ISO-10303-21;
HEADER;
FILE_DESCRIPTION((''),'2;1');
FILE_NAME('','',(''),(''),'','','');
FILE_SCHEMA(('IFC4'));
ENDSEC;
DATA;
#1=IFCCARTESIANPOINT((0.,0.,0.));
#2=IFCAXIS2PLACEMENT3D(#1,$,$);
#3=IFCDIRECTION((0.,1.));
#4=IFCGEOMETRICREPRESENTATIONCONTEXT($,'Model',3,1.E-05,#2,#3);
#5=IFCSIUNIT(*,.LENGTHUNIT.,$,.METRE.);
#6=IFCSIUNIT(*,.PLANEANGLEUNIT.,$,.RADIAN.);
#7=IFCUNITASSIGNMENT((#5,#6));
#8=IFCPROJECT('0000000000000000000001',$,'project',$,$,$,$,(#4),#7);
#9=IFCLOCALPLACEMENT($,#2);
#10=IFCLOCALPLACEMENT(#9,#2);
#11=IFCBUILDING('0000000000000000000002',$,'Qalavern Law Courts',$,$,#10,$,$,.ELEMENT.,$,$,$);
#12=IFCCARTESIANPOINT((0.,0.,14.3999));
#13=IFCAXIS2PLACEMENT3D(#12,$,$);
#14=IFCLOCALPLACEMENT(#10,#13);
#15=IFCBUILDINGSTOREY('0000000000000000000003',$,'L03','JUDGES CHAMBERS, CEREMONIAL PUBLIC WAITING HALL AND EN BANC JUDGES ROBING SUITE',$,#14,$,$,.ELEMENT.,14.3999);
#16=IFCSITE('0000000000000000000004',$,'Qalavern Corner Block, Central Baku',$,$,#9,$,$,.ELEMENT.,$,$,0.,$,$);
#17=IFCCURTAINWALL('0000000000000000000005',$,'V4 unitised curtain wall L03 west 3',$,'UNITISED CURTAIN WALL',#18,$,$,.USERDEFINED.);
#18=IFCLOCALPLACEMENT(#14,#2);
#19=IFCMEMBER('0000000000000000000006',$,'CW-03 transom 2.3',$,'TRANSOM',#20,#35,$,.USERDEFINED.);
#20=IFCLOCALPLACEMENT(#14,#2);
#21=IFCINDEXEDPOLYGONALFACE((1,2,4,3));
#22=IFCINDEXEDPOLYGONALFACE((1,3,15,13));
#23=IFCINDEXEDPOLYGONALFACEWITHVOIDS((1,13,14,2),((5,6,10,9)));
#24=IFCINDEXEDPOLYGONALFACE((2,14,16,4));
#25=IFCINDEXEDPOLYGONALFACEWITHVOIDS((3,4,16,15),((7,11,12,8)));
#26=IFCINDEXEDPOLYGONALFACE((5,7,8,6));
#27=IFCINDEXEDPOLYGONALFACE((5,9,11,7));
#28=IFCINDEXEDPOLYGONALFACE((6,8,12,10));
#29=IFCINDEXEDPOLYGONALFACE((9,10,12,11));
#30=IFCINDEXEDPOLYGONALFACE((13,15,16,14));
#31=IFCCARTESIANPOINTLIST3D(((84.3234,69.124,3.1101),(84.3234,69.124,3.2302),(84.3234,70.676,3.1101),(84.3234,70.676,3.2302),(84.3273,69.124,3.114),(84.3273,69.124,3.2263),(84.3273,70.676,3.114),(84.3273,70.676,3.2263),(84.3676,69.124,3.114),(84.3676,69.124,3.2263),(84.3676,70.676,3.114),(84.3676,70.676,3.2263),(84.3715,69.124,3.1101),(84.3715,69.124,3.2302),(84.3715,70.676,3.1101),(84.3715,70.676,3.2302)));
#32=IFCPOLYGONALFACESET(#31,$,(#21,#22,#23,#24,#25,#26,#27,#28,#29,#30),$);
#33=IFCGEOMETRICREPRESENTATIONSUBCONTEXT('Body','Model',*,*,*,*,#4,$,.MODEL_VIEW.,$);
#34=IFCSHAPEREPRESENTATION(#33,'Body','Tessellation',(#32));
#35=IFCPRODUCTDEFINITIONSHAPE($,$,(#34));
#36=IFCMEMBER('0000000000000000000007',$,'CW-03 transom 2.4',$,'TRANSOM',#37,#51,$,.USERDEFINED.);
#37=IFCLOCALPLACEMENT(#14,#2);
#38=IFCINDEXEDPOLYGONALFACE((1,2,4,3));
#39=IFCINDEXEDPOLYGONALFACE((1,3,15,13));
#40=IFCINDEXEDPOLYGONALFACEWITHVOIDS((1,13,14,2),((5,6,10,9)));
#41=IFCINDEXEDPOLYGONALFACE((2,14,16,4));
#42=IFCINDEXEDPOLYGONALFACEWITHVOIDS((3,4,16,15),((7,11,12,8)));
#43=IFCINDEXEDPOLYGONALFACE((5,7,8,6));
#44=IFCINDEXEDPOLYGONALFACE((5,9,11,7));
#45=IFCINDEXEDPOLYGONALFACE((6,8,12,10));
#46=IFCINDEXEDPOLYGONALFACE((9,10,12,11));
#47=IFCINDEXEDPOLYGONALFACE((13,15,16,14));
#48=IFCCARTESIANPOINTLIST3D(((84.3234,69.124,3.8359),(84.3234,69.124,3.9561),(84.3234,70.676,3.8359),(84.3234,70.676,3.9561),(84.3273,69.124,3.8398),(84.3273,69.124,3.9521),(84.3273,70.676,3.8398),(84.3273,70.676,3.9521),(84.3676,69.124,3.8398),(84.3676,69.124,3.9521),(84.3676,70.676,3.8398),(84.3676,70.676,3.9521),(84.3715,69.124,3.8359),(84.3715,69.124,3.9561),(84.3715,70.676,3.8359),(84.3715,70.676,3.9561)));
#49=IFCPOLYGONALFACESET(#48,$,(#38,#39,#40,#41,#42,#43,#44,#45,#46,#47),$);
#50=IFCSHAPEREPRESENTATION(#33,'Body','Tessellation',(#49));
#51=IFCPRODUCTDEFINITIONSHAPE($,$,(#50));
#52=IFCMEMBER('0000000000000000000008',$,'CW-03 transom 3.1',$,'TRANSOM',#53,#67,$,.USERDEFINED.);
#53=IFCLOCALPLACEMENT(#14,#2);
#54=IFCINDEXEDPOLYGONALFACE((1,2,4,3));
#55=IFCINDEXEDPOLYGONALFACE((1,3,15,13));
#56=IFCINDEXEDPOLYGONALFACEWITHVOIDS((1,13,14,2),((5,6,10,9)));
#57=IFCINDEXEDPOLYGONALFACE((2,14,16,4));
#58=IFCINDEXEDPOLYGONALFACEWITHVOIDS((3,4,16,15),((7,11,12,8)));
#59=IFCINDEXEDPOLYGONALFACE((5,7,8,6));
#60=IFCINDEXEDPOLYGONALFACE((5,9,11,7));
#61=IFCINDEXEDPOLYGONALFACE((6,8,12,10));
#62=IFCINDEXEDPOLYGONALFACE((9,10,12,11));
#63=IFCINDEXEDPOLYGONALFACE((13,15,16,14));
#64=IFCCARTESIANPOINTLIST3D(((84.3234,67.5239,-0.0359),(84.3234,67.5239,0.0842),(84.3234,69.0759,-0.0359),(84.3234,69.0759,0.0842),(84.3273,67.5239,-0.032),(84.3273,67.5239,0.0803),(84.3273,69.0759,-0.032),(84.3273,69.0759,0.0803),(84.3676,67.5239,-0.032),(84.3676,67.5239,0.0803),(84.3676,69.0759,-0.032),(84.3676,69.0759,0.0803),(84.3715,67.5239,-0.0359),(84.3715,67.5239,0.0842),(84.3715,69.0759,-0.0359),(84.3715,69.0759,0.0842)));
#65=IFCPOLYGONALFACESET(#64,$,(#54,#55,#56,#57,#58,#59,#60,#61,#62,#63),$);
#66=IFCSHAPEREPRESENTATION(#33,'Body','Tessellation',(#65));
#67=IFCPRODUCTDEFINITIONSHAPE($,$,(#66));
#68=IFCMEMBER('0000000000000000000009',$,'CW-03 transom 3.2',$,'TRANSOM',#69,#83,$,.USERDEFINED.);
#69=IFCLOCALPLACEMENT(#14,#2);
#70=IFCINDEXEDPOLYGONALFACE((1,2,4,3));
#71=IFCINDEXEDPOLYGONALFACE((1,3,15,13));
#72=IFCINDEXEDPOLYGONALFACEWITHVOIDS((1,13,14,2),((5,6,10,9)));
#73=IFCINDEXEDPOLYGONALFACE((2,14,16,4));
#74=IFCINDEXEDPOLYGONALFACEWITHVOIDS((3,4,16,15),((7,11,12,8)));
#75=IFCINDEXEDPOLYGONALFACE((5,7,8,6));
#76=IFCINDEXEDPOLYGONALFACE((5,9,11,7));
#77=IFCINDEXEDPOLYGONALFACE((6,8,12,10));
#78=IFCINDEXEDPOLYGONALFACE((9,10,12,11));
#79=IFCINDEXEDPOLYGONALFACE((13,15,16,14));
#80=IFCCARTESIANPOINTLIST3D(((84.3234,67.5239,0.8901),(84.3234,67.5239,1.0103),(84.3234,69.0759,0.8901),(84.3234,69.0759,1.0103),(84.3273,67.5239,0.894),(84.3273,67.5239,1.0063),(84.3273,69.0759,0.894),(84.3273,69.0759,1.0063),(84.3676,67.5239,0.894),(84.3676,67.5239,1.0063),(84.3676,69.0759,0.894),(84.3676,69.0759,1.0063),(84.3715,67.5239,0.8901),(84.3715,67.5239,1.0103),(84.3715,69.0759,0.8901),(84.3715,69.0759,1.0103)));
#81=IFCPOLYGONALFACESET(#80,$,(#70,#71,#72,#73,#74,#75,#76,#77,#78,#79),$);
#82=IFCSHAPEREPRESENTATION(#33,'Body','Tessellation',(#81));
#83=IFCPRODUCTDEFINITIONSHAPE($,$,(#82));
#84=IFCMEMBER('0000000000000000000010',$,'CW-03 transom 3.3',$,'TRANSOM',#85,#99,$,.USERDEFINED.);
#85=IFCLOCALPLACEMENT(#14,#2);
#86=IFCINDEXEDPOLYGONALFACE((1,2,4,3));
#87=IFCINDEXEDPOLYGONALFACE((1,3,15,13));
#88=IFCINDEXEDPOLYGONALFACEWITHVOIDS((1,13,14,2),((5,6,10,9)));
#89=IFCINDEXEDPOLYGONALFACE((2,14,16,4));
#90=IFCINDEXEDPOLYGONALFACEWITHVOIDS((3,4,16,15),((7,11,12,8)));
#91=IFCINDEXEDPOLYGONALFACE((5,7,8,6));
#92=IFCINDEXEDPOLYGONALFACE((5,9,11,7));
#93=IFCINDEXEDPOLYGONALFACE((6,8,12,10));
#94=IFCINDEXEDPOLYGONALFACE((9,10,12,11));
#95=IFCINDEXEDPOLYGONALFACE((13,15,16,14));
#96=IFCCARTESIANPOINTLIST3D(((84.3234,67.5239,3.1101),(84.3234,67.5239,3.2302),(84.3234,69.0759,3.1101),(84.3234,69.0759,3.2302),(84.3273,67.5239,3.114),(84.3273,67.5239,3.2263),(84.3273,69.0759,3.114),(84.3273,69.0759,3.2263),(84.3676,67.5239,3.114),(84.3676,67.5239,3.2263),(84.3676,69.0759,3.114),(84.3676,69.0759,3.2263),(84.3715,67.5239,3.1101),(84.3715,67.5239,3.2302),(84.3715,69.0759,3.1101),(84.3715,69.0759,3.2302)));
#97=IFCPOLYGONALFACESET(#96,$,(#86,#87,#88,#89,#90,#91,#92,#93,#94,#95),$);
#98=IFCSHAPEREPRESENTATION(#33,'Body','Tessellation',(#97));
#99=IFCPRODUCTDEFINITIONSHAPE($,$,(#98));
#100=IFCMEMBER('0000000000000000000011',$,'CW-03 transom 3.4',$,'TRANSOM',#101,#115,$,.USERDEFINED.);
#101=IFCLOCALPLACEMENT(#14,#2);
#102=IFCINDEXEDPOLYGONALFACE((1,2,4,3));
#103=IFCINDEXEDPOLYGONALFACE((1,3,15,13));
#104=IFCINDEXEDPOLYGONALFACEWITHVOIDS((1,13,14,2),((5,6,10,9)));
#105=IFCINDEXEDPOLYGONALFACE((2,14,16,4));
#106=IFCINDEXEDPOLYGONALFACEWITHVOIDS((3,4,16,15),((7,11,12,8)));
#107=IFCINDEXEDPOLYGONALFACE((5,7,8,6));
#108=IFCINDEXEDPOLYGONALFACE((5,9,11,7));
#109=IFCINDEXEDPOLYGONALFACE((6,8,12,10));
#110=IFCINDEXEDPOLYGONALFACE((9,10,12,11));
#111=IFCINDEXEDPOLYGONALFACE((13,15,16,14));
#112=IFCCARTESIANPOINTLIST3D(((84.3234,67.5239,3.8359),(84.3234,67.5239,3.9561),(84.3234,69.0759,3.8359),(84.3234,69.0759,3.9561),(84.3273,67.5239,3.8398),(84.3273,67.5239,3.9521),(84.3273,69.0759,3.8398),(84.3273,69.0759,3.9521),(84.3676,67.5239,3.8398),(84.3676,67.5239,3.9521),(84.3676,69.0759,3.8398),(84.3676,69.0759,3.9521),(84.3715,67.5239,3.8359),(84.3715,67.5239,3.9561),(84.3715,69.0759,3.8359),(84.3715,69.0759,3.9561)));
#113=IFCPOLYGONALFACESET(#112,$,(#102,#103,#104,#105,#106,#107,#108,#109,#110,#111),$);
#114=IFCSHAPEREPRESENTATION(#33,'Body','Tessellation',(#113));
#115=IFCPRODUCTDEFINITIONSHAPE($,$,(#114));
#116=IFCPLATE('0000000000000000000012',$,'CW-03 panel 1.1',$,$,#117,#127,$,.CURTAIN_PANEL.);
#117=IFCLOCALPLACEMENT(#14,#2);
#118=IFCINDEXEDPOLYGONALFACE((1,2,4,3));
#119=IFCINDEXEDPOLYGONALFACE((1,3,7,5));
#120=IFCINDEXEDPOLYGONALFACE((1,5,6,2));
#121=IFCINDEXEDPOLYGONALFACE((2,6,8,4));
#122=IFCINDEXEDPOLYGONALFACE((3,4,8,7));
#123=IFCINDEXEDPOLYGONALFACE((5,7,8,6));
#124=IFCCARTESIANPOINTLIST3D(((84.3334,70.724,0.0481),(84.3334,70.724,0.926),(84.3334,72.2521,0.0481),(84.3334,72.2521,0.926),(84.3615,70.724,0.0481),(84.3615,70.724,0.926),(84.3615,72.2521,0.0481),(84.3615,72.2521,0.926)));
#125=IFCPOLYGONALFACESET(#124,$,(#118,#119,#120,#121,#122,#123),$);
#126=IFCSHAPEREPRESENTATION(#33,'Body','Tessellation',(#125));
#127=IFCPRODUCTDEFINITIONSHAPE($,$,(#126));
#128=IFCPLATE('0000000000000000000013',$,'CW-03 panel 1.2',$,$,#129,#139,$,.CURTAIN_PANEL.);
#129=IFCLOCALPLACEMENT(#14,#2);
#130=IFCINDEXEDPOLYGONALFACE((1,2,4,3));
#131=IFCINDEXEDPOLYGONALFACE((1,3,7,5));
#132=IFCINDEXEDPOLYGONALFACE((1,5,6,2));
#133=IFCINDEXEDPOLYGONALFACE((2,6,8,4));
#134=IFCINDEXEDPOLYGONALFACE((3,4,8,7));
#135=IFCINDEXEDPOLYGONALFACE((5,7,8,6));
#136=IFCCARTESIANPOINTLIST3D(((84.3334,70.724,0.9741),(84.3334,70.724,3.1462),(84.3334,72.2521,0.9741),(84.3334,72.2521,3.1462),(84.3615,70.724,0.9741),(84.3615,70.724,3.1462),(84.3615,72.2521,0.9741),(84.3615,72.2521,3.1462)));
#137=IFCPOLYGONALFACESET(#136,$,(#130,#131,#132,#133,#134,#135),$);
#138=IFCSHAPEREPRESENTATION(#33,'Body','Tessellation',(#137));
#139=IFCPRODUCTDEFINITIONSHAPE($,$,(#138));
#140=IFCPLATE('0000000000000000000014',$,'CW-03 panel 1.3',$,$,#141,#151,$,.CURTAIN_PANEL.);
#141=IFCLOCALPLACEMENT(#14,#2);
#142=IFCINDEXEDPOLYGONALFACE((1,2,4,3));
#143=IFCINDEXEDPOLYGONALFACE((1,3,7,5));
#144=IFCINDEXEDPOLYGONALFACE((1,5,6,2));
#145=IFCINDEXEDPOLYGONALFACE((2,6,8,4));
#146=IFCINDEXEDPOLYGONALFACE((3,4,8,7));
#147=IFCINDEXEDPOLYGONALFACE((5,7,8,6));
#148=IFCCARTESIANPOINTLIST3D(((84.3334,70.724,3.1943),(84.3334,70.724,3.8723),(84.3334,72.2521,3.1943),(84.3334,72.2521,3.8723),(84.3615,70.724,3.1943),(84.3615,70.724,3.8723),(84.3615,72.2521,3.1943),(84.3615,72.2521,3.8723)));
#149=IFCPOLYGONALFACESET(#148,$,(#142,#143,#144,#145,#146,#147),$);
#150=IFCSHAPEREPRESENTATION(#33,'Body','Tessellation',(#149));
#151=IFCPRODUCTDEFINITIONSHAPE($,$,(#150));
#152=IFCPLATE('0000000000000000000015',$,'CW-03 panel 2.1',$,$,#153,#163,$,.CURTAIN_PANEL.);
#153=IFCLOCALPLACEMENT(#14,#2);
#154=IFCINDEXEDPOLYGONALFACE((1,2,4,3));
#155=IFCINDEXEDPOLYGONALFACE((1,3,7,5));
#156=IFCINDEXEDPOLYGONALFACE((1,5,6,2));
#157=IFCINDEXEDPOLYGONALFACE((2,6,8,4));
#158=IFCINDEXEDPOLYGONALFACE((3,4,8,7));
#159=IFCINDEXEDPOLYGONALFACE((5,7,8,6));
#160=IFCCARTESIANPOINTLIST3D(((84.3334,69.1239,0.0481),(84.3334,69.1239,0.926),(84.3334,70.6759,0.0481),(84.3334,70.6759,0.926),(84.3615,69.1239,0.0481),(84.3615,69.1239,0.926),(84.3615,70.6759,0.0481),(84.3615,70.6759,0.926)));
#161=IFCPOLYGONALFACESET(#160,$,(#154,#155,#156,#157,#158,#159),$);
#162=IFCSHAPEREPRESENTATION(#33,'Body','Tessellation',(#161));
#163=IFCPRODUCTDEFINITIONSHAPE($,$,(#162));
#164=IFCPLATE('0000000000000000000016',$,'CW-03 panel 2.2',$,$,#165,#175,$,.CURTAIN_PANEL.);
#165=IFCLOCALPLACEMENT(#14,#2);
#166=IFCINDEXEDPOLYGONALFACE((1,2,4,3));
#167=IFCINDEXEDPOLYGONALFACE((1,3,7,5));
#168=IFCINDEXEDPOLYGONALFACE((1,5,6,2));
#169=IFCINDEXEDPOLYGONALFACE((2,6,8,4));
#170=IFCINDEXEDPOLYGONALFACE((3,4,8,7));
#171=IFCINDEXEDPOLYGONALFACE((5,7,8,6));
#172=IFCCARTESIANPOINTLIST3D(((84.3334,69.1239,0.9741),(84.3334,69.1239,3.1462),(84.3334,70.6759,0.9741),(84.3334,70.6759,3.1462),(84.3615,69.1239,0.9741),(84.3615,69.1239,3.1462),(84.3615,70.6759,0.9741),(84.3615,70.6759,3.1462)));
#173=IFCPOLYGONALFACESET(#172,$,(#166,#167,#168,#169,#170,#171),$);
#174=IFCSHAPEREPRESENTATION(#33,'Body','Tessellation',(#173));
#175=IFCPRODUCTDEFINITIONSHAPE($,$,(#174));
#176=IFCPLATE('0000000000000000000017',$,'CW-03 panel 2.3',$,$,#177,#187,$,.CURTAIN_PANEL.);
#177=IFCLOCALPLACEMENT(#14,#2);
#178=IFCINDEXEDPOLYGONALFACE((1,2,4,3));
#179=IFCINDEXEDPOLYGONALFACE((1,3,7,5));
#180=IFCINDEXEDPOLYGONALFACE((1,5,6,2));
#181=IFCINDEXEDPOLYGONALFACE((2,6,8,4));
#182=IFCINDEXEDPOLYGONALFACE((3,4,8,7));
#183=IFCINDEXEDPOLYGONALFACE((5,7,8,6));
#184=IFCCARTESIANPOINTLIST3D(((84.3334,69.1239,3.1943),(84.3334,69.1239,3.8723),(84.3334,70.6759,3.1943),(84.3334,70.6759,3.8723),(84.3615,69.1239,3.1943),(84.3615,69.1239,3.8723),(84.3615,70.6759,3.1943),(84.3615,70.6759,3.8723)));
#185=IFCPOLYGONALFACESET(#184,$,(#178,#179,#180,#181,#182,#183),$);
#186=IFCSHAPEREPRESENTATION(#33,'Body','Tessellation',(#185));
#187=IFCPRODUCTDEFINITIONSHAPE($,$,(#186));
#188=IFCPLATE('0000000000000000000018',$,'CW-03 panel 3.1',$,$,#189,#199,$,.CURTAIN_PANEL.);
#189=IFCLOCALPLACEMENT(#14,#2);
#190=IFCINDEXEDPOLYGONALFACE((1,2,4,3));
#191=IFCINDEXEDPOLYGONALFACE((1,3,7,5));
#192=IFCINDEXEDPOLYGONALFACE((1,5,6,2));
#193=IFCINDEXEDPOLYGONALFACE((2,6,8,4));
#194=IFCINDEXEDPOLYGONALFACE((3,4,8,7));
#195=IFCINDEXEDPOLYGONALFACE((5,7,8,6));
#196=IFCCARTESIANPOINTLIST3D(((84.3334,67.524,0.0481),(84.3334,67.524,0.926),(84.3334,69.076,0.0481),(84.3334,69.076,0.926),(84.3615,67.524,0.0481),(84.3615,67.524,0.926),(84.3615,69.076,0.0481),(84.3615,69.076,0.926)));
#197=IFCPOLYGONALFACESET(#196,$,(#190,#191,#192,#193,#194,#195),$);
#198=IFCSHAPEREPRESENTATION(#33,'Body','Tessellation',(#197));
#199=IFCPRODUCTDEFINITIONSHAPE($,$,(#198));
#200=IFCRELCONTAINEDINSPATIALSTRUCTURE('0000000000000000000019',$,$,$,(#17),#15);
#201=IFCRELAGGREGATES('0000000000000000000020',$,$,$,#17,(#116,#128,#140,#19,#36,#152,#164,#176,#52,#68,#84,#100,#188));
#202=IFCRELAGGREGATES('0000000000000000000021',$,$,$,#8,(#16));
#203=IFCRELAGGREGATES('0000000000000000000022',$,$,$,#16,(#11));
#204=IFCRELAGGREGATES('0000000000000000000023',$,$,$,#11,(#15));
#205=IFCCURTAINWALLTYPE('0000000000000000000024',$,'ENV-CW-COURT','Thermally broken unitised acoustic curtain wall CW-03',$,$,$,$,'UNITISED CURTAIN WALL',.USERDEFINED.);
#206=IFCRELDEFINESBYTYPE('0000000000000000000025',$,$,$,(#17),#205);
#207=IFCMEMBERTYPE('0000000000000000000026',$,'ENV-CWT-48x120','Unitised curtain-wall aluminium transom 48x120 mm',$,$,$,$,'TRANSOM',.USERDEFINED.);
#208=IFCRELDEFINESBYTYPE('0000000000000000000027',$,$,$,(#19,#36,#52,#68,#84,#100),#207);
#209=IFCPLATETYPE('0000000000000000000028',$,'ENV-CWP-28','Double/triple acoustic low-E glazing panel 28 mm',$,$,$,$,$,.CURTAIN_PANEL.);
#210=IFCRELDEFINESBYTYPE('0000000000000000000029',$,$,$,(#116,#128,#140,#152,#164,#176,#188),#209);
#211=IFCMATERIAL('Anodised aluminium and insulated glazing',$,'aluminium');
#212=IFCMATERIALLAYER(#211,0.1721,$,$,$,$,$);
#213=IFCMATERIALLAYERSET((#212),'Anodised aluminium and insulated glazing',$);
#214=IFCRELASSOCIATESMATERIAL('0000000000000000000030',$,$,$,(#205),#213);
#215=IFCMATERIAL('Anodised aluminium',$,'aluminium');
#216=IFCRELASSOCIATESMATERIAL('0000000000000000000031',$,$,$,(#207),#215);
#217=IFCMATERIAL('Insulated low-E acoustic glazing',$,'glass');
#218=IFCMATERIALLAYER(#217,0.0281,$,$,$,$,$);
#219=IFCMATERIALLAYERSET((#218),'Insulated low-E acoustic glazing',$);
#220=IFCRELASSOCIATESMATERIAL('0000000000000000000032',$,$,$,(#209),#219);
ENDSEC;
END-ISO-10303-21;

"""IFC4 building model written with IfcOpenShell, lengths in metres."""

from ifc_helpers import new_model, si_unit, direction, frame, origin, origin_2d, place, context, subcontext, project, spatial, rectangle, hollow_rectangle, extrude, material, layer, layer_set, material_profile, profile_set, type_object, element, aggregate, save


model = new_model("IFC4")

# Units and contexts
model_context = context("Model", 3, precision=1e-05, world=origin(), true_north=direction((0.0, 1.0)))
body_context = subcontext(model_context, "Body", "Model", "MODEL_VIEW")
ifc_project = project(units=[si_unit("LENGTHUNIT", "METRE"), si_unit("PLANEANGLEUNIT", "RADIAN")], contexts=[model_context])

# Site, building, storey
site_placement = place(None, origin())
site = spatial("IfcSite", under=ifc_project, at=site_placement, Name="Qalavern Corner Block, Central Baku", CompositionType="ELEMENT", RefElevation=0.0)
building_placement = place(site_placement, origin())
building = spatial("IfcBuilding", under=site, at=building_placement, Name="Qalavern Law Courts", CompositionType="ELEMENT")
storey_placement = place(building_placement, frame((0.0, 0.0, 14.3999)))
storey = spatial("IfcBuildingStorey", under=building, at=storey_placement, Name="L03", Description="JUDGES CHAMBERS, CEREMONIAL PUBLIC WAITING HALL AND EN BANC JUDGES ROBING SUITE", CompositionType="ELEMENT", Elevation=14.3999)

# Curtain wall, members, plates
ifc_material_1 = material(Name="Anodised aluminium and insulated glazing", Category="aluminium")
ifc_layer_1 = layer(ifc_material_1, 0.1721)
ifc_layer_set_1 = layer_set([ifc_layer_1], Name="Anodised aluminium and insulated glazing")
curtain_wall_type = type_object("IfcCurtainWallType", Name="ENV-CW-COURT", Description="Thermally broken unitised acoustic curtain wall CW-03", ElementType="UNITISED CURTAIN WALL", PredefinedType="USERDEFINED", material=ifc_layer_set_1)
curtain_wall_placement = place(storey_placement, origin())
curtain_wall = element("IfcCurtainWall", 1, at=curtain_wall_placement, inside=storey, type_object=curtain_wall_type, Name="V4 unitised curtain wall L03 west 3", ObjectType="UNITISED CURTAIN WALL", PredefinedType="USERDEFINED")
ifc_material_2 = material(Name="Anodised aluminium", Category="aluminium")
ifc_material_profile_1 = material_profile(ifc_material_2, hollow_rectangle(XDim=0.0481, YDim=0.1201, WallThickness=0.0039, at=origin_2d()), Name="ALU TRANSOM 48x120")
ifc_profile_set_1 = profile_set([ifc_material_profile_1], Name="Anodised aluminium")
member_type_1 = type_object("IfcMemberType", Name="ENV-CWT-48x120", Description="Unitised curtain-wall aluminium transom 48x120 mm", ElementType="TRANSOM", PredefinedType="USERDEFINED", material=ifc_profile_set_1)
member_1_placement = place(storey_placement, frame((84.3474, 70.676, 3.1702), z_axis=(0.0, -1.0, 0.0), x_axis=(1.0, 0.0, 0.0)))
member_1 = element("IfcMember", 2, at=member_1_placement, type_object=member_type_1, Name="CW-03 transom 2.3", ObjectType="TRANSOM", PredefinedType="USERDEFINED", context=body_context, shape_type="SweptSolid", body=[
    extrude(hollow_rectangle(XDim=0.0481, YDim=0.1201, WallThickness=0.0039, at=origin_2d()), origin(), (0.0, 0.0, 1.0), 1.552),
])
member_2_placement = place(storey_placement, frame((84.3474, 70.676, 3.896), z_axis=(0.0, -1.0, 0.0), x_axis=(1.0, 0.0, 0.0)))
member_2 = element("IfcMember", 3, at=member_2_placement, type_object=member_type_1, Name="CW-03 transom 2.4", ObjectType="TRANSOM", PredefinedType="USERDEFINED", context=body_context, shape_type="SweptSolid", body=[
    extrude(hollow_rectangle(XDim=0.0481, YDim=0.1201, WallThickness=0.0039, at=origin_2d()), origin(), (0.0, 0.0, 1.0), 1.552),
])
member_3_placement = place(storey_placement, frame((84.3474, 69.0759, 0.0242), z_axis=(0.0, -1.0, 0.0), x_axis=(1.0, 0.0, 0.0)))
member_3 = element("IfcMember", 4, at=member_3_placement, type_object=member_type_1, Name="CW-03 transom 3.1", ObjectType="TRANSOM", PredefinedType="USERDEFINED", context=body_context, shape_type="SweptSolid", body=[
    extrude(hollow_rectangle(XDim=0.0481, YDim=0.1201, WallThickness=0.0039, at=origin_2d()), origin(), (0.0, 0.0, 1.0), 1.552),
])
member_4_placement = place(storey_placement, frame((84.3474, 69.0759, 0.9502), z_axis=(0.0, -1.0, 0.0), x_axis=(1.0, 0.0, 0.0)))
member_4 = element("IfcMember", 5, at=member_4_placement, type_object=member_type_1, Name="CW-03 transom 3.2", ObjectType="TRANSOM", PredefinedType="USERDEFINED", context=body_context, shape_type="SweptSolid", body=[
    extrude(hollow_rectangle(XDim=0.0481, YDim=0.1201, WallThickness=0.0039, at=origin_2d()), origin(), (0.0, 0.0, 1.0), 1.552),
])
member_5_placement = place(storey_placement, frame((84.3474, 69.0759, 3.1702), z_axis=(0.0, -1.0, 0.0), x_axis=(1.0, 0.0, 0.0)))
member_5 = element("IfcMember", 6, at=member_5_placement, type_object=member_type_1, Name="CW-03 transom 3.3", ObjectType="TRANSOM", PredefinedType="USERDEFINED", context=body_context, shape_type="SweptSolid", body=[
    extrude(hollow_rectangle(XDim=0.0481, YDim=0.1201, WallThickness=0.0039, at=origin_2d()), origin(), (0.0, 0.0, 1.0), 1.552),
])
member_6_placement = place(storey_placement, frame((84.3474, 69.0759, 3.896), z_axis=(0.0, -1.0, 0.0), x_axis=(1.0, 0.0, 0.0)))
member_6 = element("IfcMember", 7, at=member_6_placement, type_object=member_type_1, Name="CW-03 transom 3.4", ObjectType="TRANSOM", PredefinedType="USERDEFINED", context=body_context, shape_type="SweptSolid", body=[
    extrude(hollow_rectangle(XDim=0.0481, YDim=0.1201, WallThickness=0.0039, at=origin_2d()), origin(), (0.0, 0.0, 1.0), 1.552),
])
ifc_material_3 = material(Name="Insulated low-E acoustic glazing", Category="glass")
ifc_layer_2 = layer(ifc_material_3, 0.0281)
ifc_layer_set_2 = layer_set([ifc_layer_2], Name="Insulated low-E acoustic glazing")
plate_type = type_object("IfcPlateType", Name="ENV-CWP-28", Description="Double/triple acoustic low-E glazing panel 28 mm", PredefinedType="CURTAIN_PANEL", material=ifc_layer_set_2)
plate_1_placement = place(storey_placement, frame((84.3474, 71.488, 0.0481), z_axis=(0.0, 0.0, 1.0), x_axis=(0.0, -1.0, 0.0)))
plate_1 = element("IfcPlate", 8, at=plate_1_placement, type_object=plate_type, Name="CW-03 panel 1.1", PredefinedType="CURTAIN_PANEL", context=body_context, shape_type="SweptSolid", body=[
    extrude(rectangle(XDim=1.5281, YDim=0.0281, at=origin_2d()), origin(), (0.0, 0.0, 1.0), 0.8779),
])
plate_2_placement = place(storey_placement, frame((84.3474, 71.488, 0.9741), z_axis=(0.0, 0.0, 1.0), x_axis=(0.0, -1.0, 0.0)))
plate_2 = element("IfcPlate", 9, at=plate_2_placement, type_object=plate_type, Name="CW-03 panel 1.2", PredefinedType="CURTAIN_PANEL", context=body_context, shape_type="SweptSolid", body=[
    extrude(rectangle(XDim=1.5281, YDim=0.0281, at=origin_2d()), origin(), (0.0, 0.0, 1.0), 2.1721),
])
plate_3_placement = place(storey_placement, frame((84.3474, 71.488, 3.1943), z_axis=(0.0, 0.0, 1.0), x_axis=(0.0, -1.0, 0.0)))
plate_3 = element("IfcPlate", 10, at=plate_3_placement, type_object=plate_type, Name="CW-03 panel 1.3", PredefinedType="CURTAIN_PANEL", context=body_context, shape_type="SweptSolid", body=[
    extrude(rectangle(XDim=1.5281, YDim=0.0281, at=origin_2d()), origin(), (0.0, 0.0, 1.0), 0.678),
])
plate_4_placement = place(storey_placement, frame((84.3474, 69.8999, 0.0481), z_axis=(0.0, 0.0, 1.0), x_axis=(0.0, -1.0, 0.0)))
plate_4 = element("IfcPlate", 11, at=plate_4_placement, type_object=plate_type, Name="CW-03 panel 2.1", PredefinedType="CURTAIN_PANEL", context=body_context, shape_type="SweptSolid", body=[
    extrude(rectangle(XDim=1.552, YDim=0.0281, at=origin_2d()), origin(), (0.0, 0.0, 1.0), 0.8779),
])
plate_5_placement = place(storey_placement, frame((84.3474, 69.8999, 0.9741), z_axis=(0.0, 0.0, 1.0), x_axis=(0.0, -1.0, 0.0)))
plate_5 = element("IfcPlate", 12, at=plate_5_placement, type_object=plate_type, Name="CW-03 panel 2.2", PredefinedType="CURTAIN_PANEL", context=body_context, shape_type="SweptSolid", body=[
    extrude(rectangle(XDim=1.552, YDim=0.0281, at=origin_2d()), origin(), (0.0, 0.0, 1.0), 2.1721),
])
plate_6_placement = place(storey_placement, frame((84.3474, 69.8999, 3.1943), z_axis=(0.0, 0.0, 1.0), x_axis=(0.0, -1.0, 0.0)))
plate_6 = element("IfcPlate", 13, at=plate_6_placement, type_object=plate_type, Name="CW-03 panel 2.3", PredefinedType="CURTAIN_PANEL", context=body_context, shape_type="SweptSolid", body=[
    extrude(rectangle(XDim=1.552, YDim=0.0281, at=origin_2d()), origin(), (0.0, 0.0, 1.0), 0.678),
])
plate_7_placement = place(storey_placement, frame((84.3474, 68.3, 0.0481), z_axis=(0.0, 0.0, 1.0), x_axis=(0.0, -1.0, 0.0)))
plate_7 = element("IfcPlate", 14, at=plate_7_placement, type_object=plate_type, Name="CW-03 panel 3.1", PredefinedType="CURTAIN_PANEL", context=body_context, shape_type="SweptSolid", body=[
    extrude(rectangle(XDim=1.552, YDim=0.0281, at=origin_2d()), origin(), (0.0, 0.0, 1.0), 0.8779),
])
aggregate(curtain_wall, [plate_1, plate_2, plate_3, member_1, member_2, plate_4, plate_5, plate_6, member_3, member_4, member_5, member_6, plate_7])

save(model, "model.ifc")
